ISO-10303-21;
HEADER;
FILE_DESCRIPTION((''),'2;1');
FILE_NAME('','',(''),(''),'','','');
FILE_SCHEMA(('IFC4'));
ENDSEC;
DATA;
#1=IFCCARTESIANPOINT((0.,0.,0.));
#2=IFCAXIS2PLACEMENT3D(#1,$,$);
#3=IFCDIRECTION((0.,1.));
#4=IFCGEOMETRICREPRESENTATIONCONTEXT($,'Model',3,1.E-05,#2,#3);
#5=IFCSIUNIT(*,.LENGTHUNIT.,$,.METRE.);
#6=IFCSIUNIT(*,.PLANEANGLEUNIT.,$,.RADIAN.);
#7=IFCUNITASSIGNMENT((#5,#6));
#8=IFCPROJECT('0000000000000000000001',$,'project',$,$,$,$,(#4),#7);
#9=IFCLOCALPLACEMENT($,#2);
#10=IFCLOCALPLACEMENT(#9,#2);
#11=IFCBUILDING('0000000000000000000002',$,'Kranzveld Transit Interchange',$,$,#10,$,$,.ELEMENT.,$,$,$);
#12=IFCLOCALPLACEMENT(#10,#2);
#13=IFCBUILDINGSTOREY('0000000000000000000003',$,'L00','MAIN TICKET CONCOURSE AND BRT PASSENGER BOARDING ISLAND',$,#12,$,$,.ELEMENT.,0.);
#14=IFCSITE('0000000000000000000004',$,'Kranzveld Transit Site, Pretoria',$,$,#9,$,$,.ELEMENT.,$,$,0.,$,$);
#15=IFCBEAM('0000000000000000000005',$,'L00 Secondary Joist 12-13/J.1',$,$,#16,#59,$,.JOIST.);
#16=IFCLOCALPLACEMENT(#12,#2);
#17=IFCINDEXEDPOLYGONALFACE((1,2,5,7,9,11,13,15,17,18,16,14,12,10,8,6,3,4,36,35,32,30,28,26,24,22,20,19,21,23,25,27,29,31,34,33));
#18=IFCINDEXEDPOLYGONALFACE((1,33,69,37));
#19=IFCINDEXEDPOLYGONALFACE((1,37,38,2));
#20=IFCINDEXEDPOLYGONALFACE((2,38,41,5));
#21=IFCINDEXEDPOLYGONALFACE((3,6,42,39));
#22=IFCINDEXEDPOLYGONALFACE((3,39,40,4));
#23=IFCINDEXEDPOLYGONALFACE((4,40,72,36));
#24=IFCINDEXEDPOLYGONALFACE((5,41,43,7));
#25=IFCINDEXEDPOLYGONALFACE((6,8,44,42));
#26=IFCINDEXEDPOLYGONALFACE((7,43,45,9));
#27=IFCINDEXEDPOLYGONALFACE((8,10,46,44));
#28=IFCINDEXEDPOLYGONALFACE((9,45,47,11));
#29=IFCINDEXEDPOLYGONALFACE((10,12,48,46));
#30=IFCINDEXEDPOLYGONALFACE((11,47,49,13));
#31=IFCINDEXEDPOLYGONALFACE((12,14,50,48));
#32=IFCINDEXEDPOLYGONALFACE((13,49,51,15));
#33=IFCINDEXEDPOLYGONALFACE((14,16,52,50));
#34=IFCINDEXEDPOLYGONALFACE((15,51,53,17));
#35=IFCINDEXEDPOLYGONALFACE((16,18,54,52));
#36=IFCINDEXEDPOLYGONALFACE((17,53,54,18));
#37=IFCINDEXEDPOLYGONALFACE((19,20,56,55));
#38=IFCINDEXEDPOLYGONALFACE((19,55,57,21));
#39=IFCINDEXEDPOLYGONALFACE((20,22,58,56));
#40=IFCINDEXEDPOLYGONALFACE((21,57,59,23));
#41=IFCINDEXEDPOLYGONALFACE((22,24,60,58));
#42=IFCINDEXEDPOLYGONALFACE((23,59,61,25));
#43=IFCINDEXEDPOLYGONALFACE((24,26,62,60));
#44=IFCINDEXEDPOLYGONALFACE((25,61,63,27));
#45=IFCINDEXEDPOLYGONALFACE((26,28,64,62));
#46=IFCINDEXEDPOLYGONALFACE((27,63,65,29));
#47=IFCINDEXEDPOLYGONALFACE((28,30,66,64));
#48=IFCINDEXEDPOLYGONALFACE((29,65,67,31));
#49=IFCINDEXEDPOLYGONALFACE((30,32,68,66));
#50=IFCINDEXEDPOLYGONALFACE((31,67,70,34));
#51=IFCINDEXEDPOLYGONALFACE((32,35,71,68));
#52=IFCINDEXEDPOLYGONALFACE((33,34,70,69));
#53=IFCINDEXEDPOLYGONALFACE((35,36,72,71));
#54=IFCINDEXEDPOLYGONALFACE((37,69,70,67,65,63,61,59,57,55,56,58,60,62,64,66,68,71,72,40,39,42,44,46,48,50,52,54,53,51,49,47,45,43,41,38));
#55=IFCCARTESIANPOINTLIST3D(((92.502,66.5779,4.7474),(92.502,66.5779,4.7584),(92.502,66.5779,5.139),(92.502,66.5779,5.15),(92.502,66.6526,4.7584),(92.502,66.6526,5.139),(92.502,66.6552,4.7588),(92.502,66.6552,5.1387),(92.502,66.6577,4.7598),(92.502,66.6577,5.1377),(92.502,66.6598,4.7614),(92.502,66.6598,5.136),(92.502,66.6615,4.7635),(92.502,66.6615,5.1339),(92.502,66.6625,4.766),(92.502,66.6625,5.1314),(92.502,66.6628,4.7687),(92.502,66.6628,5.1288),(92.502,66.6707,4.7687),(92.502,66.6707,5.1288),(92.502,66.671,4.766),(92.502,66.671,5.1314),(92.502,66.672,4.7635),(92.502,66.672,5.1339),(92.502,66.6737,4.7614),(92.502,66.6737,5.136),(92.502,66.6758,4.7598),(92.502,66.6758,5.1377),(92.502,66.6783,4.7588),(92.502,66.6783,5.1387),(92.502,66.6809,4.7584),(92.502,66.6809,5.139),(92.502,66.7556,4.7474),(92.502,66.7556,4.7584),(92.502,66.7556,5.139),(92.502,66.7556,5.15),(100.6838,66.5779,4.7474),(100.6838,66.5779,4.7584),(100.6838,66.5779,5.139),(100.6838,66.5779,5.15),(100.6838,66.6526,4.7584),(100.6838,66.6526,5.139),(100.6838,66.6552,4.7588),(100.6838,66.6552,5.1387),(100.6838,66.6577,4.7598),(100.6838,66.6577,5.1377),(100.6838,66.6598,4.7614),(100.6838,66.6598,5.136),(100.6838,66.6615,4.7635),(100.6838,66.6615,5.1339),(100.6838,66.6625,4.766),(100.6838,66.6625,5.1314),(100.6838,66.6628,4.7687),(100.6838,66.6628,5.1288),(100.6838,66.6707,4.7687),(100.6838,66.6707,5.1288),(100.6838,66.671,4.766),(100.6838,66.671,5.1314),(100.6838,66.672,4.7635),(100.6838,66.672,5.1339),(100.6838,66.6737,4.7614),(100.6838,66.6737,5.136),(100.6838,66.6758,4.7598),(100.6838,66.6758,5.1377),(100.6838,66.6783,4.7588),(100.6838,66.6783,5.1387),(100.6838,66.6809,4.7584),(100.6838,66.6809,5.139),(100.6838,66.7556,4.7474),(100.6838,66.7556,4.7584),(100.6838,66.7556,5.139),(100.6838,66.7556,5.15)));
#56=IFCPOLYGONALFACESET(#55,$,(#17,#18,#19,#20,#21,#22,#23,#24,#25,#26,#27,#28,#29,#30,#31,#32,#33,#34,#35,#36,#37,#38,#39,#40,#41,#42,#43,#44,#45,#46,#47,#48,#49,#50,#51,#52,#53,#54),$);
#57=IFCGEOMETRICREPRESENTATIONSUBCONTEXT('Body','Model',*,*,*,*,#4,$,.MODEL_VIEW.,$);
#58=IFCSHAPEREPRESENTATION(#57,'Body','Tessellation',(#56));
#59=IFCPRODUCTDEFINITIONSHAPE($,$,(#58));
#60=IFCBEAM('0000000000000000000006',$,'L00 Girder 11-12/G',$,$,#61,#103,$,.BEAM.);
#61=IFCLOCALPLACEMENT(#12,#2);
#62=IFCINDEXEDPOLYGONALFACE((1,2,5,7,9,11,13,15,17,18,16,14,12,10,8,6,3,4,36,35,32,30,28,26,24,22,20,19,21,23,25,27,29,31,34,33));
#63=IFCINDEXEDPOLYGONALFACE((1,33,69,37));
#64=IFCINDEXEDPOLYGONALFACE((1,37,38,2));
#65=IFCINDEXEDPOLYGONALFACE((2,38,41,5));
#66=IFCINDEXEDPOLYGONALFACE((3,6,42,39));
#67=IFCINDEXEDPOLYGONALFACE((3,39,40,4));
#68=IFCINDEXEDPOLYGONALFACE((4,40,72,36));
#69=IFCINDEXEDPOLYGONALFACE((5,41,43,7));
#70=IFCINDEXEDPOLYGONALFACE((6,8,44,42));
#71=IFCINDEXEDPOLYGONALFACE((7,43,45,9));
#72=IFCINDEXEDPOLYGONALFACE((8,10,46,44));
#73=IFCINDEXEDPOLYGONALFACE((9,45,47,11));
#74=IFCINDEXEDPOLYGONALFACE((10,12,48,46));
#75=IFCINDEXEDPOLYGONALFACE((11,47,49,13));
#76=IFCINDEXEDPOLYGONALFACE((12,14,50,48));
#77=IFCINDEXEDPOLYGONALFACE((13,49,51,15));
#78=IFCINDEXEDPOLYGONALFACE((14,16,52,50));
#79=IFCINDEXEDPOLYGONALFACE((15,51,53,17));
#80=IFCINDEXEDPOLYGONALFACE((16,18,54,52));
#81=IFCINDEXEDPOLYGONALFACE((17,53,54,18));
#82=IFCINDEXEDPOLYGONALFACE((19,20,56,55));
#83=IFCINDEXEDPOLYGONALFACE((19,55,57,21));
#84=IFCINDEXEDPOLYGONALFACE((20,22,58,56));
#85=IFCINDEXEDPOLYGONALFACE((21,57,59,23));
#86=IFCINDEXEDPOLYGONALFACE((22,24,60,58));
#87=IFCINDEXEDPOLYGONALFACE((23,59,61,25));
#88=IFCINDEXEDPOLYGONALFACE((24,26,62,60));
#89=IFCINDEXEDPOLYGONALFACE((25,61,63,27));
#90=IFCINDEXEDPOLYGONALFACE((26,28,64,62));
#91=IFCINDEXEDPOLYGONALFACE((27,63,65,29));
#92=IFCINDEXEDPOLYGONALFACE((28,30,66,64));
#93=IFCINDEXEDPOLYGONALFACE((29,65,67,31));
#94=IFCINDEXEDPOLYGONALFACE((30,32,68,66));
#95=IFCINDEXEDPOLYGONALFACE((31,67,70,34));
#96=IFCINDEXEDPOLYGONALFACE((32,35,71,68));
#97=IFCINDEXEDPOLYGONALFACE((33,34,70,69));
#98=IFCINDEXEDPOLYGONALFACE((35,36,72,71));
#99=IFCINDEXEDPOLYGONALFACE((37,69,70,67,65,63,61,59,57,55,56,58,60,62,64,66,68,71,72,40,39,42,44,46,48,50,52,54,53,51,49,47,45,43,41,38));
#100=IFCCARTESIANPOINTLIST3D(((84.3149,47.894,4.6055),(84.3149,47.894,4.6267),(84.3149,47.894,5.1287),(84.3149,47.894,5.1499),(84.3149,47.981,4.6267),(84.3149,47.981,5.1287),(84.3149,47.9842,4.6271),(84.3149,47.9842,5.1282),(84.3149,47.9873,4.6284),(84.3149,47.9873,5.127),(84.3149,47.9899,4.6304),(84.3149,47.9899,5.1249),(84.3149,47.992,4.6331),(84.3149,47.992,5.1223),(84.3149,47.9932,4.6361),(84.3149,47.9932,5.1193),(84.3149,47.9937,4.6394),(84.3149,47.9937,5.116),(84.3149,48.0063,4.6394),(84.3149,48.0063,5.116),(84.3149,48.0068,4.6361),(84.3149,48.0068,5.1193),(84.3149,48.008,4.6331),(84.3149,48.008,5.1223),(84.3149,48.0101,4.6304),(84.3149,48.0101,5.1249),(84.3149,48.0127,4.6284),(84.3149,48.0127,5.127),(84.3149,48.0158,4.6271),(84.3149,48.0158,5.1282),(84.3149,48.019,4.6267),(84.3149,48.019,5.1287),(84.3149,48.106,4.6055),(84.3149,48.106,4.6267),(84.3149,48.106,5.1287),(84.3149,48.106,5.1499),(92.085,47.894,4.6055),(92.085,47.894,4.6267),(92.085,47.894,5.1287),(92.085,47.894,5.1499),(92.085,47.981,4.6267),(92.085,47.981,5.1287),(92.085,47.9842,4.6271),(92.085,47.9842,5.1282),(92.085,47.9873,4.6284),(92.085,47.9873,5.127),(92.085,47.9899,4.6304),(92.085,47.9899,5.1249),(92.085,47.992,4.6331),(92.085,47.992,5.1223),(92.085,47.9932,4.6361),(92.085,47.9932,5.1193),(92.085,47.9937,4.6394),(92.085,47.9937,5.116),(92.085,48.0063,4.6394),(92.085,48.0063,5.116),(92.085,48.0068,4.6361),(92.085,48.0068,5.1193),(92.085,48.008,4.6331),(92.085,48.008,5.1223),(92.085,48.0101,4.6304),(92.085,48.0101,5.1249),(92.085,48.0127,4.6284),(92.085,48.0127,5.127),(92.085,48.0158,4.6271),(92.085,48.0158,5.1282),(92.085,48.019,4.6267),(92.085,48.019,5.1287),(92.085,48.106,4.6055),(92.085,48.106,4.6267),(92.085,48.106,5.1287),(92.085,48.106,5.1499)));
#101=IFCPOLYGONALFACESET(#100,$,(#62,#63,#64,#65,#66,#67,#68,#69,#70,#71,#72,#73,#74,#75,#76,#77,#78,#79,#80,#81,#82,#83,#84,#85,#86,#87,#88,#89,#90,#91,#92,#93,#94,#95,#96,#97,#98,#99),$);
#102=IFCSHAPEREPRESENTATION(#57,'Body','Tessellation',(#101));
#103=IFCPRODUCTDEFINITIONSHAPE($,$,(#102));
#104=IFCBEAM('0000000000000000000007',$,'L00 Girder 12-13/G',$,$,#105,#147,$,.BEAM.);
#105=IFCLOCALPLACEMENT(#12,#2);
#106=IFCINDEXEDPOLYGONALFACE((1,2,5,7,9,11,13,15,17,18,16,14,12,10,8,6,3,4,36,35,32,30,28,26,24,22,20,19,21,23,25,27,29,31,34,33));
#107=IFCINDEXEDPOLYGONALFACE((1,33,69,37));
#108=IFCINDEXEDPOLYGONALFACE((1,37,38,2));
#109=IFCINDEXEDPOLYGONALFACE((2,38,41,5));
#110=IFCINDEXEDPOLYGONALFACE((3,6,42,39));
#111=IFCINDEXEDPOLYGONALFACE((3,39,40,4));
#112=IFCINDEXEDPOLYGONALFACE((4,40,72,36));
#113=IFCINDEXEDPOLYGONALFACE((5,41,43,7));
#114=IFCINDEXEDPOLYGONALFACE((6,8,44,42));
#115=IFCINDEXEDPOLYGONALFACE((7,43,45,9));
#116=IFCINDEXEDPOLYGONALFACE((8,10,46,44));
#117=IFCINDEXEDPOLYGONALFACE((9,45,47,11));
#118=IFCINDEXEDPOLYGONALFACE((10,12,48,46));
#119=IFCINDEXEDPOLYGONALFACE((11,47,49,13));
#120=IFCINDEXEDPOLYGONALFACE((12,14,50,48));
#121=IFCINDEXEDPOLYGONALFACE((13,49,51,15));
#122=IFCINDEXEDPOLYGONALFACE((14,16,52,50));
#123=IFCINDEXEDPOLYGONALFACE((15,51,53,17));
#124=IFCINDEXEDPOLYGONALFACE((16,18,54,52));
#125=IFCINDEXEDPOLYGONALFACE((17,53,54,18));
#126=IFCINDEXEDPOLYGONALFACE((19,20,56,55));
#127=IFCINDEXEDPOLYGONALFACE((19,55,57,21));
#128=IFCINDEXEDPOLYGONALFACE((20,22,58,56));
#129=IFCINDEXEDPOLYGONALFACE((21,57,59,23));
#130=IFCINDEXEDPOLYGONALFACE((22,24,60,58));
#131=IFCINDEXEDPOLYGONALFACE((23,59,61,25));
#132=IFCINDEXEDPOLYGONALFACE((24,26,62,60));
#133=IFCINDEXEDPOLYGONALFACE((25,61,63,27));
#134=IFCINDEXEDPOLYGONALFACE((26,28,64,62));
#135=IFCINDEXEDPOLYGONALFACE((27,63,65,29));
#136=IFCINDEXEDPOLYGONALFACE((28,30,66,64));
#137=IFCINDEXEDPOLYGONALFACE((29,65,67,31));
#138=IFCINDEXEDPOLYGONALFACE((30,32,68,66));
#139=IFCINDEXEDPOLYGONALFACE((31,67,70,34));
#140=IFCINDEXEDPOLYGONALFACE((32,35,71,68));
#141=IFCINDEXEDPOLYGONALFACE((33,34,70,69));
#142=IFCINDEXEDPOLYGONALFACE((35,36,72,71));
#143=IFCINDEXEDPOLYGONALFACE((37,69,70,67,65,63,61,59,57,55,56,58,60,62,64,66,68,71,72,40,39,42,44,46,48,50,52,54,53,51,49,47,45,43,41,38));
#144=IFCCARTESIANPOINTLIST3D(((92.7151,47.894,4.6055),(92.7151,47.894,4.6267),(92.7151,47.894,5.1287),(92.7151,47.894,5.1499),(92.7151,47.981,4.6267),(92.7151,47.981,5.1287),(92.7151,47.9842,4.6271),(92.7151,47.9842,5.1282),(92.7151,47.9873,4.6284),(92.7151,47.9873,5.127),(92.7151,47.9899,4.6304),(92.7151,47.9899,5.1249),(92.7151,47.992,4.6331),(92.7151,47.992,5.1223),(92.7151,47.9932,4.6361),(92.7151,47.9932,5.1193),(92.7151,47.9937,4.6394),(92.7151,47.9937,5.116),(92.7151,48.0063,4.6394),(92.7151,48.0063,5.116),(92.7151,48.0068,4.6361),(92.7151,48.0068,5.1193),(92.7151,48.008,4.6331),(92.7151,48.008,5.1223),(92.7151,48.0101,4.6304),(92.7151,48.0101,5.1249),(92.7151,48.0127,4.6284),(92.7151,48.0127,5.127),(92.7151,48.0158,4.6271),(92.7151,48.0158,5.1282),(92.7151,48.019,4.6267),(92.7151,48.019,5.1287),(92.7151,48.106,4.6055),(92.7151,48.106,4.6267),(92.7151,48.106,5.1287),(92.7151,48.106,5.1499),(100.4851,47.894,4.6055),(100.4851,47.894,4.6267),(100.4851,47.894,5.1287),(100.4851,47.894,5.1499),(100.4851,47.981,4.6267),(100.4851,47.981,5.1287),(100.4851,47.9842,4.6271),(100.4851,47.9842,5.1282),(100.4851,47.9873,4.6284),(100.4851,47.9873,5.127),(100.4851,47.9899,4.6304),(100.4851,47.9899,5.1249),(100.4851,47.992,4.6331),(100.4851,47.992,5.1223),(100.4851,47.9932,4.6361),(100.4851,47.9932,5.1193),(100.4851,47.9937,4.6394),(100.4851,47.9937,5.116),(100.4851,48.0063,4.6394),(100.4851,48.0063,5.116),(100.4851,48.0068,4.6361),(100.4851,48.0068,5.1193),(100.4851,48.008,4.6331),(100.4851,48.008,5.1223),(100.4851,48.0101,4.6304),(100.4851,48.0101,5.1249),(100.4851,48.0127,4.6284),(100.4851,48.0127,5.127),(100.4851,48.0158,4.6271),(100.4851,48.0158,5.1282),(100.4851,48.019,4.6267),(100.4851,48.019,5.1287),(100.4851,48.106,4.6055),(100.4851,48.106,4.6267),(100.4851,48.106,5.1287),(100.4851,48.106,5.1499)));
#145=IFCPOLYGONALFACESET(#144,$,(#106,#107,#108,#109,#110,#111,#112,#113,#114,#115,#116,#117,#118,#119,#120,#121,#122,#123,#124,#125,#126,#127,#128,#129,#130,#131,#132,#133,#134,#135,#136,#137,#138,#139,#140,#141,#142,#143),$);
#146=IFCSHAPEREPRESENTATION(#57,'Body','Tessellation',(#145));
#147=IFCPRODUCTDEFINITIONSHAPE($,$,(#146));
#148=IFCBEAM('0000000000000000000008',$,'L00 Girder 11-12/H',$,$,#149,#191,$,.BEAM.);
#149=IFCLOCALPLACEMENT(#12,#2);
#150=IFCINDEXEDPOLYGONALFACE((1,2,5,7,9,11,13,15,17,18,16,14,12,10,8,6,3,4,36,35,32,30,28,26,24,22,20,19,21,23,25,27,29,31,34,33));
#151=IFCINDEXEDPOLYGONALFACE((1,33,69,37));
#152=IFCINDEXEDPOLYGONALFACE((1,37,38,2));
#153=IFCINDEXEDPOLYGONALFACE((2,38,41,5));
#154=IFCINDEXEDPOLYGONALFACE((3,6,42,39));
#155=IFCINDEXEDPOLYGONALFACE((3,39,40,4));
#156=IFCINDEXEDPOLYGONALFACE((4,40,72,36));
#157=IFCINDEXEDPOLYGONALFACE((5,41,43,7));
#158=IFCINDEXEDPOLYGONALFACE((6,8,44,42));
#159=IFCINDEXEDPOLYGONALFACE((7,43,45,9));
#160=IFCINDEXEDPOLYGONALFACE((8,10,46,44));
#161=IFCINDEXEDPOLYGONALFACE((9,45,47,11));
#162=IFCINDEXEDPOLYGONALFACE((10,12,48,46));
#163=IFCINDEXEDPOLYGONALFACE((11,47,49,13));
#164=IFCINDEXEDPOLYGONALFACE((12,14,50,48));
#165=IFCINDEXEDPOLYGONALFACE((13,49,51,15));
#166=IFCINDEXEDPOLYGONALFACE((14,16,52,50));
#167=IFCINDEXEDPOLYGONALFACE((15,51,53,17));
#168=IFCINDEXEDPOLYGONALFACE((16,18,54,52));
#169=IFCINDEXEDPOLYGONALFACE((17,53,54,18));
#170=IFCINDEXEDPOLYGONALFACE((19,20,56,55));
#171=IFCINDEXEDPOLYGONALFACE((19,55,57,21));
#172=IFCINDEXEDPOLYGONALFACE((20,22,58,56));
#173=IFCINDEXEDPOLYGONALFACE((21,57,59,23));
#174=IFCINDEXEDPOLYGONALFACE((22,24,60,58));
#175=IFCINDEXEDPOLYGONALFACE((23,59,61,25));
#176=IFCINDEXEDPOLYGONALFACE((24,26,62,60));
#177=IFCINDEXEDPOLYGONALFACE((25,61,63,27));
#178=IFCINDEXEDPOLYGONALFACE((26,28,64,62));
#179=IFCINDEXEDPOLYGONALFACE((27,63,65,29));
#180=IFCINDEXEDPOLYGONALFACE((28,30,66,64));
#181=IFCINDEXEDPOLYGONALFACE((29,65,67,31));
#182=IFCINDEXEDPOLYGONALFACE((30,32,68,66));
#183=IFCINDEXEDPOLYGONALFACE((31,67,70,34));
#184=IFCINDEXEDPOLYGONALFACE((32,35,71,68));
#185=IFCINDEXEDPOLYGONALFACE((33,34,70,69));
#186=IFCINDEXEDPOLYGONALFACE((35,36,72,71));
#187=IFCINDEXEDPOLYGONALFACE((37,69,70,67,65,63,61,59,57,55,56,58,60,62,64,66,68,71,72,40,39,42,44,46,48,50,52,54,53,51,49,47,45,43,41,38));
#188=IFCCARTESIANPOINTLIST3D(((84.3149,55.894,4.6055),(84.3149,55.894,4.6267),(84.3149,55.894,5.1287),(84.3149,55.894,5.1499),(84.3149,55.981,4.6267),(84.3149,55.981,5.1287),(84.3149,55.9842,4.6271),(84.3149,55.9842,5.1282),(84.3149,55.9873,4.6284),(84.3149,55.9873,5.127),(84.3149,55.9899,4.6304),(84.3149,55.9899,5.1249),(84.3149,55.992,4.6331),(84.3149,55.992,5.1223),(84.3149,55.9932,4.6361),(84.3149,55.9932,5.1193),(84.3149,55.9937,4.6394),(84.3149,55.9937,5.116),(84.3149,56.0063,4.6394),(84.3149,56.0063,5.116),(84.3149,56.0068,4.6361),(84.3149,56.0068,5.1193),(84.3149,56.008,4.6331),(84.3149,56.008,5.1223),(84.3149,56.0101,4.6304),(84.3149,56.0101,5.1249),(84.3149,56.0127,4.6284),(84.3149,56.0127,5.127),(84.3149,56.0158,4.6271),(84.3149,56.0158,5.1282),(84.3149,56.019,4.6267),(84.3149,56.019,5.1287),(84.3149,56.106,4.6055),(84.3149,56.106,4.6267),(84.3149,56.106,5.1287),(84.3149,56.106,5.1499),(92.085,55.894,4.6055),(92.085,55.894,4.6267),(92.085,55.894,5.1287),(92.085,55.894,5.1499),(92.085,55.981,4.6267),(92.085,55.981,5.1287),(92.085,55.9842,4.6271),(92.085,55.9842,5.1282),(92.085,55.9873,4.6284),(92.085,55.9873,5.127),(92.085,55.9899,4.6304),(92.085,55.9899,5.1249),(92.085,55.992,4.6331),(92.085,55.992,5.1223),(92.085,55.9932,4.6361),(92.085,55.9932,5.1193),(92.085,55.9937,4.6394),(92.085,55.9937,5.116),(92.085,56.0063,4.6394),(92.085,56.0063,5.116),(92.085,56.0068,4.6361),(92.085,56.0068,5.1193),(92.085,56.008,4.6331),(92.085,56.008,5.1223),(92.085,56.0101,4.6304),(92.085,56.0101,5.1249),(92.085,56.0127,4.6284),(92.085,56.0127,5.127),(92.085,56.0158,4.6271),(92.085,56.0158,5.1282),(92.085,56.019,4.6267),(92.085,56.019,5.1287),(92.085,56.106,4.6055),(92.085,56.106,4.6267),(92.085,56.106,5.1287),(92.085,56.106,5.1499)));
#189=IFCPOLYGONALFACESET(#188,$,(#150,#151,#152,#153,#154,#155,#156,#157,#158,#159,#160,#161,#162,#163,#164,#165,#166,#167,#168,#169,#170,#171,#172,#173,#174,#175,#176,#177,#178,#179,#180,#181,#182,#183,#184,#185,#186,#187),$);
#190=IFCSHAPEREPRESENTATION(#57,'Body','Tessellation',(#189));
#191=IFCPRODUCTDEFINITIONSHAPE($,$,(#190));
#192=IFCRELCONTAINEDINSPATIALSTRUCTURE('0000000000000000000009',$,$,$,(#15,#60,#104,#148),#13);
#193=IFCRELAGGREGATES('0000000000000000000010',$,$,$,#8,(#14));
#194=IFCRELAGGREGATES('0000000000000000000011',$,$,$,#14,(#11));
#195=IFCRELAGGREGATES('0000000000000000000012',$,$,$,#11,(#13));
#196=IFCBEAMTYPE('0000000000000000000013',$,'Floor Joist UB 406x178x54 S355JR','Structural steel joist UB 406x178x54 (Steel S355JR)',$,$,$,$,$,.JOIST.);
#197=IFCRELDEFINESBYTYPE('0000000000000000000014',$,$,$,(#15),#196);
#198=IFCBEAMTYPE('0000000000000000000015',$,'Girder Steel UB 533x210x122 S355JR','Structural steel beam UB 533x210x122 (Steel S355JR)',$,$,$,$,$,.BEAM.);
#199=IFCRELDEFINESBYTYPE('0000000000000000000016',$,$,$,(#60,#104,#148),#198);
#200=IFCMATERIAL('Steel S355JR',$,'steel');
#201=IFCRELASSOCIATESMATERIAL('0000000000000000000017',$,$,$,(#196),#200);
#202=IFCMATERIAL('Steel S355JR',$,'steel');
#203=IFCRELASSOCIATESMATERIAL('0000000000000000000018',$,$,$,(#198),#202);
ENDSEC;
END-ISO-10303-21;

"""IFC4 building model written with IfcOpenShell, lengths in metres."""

from ifc_helpers import new_model, si_unit, direction, frame, origin, origin_2d, place, context, subcontext, project, spatial, i_section, extrude, material, material_profile, profile_set, type_object, element, save


model = new_model("IFC4")

# Units and contexts
model_context = context("Model", 3, precision=1e-05, world=origin(), true_north=direction((0.0, 1.0)))
body_context = subcontext(model_context, "Body", "Model", "MODEL_VIEW")
ifc_project = project(units=[si_unit("LENGTHUNIT", "METRE"), si_unit("PLANEANGLEUNIT", "RADIAN")], contexts=[model_context])

# Site, building, storey
site_placement = place(None, origin())
site = spatial("IfcSite", under=ifc_project, at=site_placement, Name="Kranzveld Transit Site, Pretoria", CompositionType="ELEMENT", RefElevation=0.0)
building_placement = place(site_placement, origin())
building = spatial("IfcBuilding", under=site, at=building_placement, Name="Kranzveld Transit Interchange", CompositionType="ELEMENT")
storey_placement = place(building_placement, origin())
storey = spatial("IfcBuildingStorey", under=building, at=storey_placement, Name="L00", Description="MAIN TICKET CONCOURSE AND BRT PASSENGER BOARDING ISLAND", CompositionType="ELEMENT", Elevation=0.0)

# Beams
ifc_material_1 = material(Name="Steel S355JR", Category="steel")
ifc_material_profile_1 = material_profile(ifc_material_1, i_section(OverallWidth=0.1777, OverallDepth=0.4026, WebThickness=0.0078, FlangeThickness=0.011, FilletRadius=0.0103, at=origin_2d()), Name="UB 406x178x54")
ifc_profile_set_1 = profile_set([ifc_material_profile_1], Name="Steel S355JR")
beam_type_1 = type_object("IfcBeamType", Name="Floor Joist UB 406x178x54 S355JR", Description="Structural steel joist UB 406x178x54 (Steel S355JR)", PredefinedType="JOIST", material=ifc_profile_set_1)
beam_1_placement = place(storey_placement, frame((92.502, 66.6667, 4.9487), z_axis=(1.0, 0.0, 0.0), x_axis=(0.0, 1.0, 0.0)))
element("IfcBeam", 1, at=beam_1_placement, inside=storey, type_object=beam_type_1, Name="L00 Secondary Joist 12-13/J.1", PredefinedType="JOIST", context=body_context, shape_type="SweptSolid", body=[
    extrude(i_section(OverallWidth=0.1777, OverallDepth=0.4026, WebThickness=0.0078, FlangeThickness=0.011, FilletRadius=0.0103, at=origin_2d()), origin(), (0.0, 0.0, 1.0), 8.1819),
])
ifc_material_2 = material(Name="Steel S355JR", Category="steel")
ifc_material_profile_2 = material_profile(ifc_material_2, i_section(OverallWidth=0.2119, OverallDepth=0.5444, WebThickness=0.0127, FlangeThickness=0.0212, FilletRadius=0.0127, at=origin_2d()), Name="UB 533x210x122")
ifc_profile_set_2 = profile_set([ifc_material_profile_2], Name="Steel S355JR")
beam_type_2 = type_object("IfcBeamType", Name="Girder Steel UB 533x210x122 S355JR", Description="Structural steel beam UB 533x210x122 (Steel S355JR)", PredefinedType="BEAM", material=ifc_profile_set_2)
for number, where, z_axis, x_axis, name in (
    (2, (84.3149, 48.0, 4.8777), (1.0, 0.0, 0.0), (0.0, 1.0, 0.0), "L00 Girder 11-12/G"),
    (3, (92.7151, 48.0, 4.8777), (1.0, 0.0, 0.0), (0.0, 1.0, 0.0), "L00 Girder 12-13/G"),
    (4, (84.3149, 56.0, 4.8777), (1.0, 0.0, 0.0), (0.0, 1.0, 0.0), "L00 Girder 11-12/H"),
):
    element("IfcBeam", number, at=place(storey_placement, frame(where, z_axis=z_axis, x_axis=x_axis)), inside=storey, type_object=beam_type_2, Name=name, PredefinedType="BEAM", context=body_context, shape_type="SweptSolid", body=[
        extrude(i_section(OverallWidth=0.2119, OverallDepth=0.5444, WebThickness=0.0127, FlangeThickness=0.0212, FilletRadius=0.0127, at=origin_2d()), origin(), (0.0, 0.0, 1.0), 7.77),
    ])

save(model, "model.ifc")
